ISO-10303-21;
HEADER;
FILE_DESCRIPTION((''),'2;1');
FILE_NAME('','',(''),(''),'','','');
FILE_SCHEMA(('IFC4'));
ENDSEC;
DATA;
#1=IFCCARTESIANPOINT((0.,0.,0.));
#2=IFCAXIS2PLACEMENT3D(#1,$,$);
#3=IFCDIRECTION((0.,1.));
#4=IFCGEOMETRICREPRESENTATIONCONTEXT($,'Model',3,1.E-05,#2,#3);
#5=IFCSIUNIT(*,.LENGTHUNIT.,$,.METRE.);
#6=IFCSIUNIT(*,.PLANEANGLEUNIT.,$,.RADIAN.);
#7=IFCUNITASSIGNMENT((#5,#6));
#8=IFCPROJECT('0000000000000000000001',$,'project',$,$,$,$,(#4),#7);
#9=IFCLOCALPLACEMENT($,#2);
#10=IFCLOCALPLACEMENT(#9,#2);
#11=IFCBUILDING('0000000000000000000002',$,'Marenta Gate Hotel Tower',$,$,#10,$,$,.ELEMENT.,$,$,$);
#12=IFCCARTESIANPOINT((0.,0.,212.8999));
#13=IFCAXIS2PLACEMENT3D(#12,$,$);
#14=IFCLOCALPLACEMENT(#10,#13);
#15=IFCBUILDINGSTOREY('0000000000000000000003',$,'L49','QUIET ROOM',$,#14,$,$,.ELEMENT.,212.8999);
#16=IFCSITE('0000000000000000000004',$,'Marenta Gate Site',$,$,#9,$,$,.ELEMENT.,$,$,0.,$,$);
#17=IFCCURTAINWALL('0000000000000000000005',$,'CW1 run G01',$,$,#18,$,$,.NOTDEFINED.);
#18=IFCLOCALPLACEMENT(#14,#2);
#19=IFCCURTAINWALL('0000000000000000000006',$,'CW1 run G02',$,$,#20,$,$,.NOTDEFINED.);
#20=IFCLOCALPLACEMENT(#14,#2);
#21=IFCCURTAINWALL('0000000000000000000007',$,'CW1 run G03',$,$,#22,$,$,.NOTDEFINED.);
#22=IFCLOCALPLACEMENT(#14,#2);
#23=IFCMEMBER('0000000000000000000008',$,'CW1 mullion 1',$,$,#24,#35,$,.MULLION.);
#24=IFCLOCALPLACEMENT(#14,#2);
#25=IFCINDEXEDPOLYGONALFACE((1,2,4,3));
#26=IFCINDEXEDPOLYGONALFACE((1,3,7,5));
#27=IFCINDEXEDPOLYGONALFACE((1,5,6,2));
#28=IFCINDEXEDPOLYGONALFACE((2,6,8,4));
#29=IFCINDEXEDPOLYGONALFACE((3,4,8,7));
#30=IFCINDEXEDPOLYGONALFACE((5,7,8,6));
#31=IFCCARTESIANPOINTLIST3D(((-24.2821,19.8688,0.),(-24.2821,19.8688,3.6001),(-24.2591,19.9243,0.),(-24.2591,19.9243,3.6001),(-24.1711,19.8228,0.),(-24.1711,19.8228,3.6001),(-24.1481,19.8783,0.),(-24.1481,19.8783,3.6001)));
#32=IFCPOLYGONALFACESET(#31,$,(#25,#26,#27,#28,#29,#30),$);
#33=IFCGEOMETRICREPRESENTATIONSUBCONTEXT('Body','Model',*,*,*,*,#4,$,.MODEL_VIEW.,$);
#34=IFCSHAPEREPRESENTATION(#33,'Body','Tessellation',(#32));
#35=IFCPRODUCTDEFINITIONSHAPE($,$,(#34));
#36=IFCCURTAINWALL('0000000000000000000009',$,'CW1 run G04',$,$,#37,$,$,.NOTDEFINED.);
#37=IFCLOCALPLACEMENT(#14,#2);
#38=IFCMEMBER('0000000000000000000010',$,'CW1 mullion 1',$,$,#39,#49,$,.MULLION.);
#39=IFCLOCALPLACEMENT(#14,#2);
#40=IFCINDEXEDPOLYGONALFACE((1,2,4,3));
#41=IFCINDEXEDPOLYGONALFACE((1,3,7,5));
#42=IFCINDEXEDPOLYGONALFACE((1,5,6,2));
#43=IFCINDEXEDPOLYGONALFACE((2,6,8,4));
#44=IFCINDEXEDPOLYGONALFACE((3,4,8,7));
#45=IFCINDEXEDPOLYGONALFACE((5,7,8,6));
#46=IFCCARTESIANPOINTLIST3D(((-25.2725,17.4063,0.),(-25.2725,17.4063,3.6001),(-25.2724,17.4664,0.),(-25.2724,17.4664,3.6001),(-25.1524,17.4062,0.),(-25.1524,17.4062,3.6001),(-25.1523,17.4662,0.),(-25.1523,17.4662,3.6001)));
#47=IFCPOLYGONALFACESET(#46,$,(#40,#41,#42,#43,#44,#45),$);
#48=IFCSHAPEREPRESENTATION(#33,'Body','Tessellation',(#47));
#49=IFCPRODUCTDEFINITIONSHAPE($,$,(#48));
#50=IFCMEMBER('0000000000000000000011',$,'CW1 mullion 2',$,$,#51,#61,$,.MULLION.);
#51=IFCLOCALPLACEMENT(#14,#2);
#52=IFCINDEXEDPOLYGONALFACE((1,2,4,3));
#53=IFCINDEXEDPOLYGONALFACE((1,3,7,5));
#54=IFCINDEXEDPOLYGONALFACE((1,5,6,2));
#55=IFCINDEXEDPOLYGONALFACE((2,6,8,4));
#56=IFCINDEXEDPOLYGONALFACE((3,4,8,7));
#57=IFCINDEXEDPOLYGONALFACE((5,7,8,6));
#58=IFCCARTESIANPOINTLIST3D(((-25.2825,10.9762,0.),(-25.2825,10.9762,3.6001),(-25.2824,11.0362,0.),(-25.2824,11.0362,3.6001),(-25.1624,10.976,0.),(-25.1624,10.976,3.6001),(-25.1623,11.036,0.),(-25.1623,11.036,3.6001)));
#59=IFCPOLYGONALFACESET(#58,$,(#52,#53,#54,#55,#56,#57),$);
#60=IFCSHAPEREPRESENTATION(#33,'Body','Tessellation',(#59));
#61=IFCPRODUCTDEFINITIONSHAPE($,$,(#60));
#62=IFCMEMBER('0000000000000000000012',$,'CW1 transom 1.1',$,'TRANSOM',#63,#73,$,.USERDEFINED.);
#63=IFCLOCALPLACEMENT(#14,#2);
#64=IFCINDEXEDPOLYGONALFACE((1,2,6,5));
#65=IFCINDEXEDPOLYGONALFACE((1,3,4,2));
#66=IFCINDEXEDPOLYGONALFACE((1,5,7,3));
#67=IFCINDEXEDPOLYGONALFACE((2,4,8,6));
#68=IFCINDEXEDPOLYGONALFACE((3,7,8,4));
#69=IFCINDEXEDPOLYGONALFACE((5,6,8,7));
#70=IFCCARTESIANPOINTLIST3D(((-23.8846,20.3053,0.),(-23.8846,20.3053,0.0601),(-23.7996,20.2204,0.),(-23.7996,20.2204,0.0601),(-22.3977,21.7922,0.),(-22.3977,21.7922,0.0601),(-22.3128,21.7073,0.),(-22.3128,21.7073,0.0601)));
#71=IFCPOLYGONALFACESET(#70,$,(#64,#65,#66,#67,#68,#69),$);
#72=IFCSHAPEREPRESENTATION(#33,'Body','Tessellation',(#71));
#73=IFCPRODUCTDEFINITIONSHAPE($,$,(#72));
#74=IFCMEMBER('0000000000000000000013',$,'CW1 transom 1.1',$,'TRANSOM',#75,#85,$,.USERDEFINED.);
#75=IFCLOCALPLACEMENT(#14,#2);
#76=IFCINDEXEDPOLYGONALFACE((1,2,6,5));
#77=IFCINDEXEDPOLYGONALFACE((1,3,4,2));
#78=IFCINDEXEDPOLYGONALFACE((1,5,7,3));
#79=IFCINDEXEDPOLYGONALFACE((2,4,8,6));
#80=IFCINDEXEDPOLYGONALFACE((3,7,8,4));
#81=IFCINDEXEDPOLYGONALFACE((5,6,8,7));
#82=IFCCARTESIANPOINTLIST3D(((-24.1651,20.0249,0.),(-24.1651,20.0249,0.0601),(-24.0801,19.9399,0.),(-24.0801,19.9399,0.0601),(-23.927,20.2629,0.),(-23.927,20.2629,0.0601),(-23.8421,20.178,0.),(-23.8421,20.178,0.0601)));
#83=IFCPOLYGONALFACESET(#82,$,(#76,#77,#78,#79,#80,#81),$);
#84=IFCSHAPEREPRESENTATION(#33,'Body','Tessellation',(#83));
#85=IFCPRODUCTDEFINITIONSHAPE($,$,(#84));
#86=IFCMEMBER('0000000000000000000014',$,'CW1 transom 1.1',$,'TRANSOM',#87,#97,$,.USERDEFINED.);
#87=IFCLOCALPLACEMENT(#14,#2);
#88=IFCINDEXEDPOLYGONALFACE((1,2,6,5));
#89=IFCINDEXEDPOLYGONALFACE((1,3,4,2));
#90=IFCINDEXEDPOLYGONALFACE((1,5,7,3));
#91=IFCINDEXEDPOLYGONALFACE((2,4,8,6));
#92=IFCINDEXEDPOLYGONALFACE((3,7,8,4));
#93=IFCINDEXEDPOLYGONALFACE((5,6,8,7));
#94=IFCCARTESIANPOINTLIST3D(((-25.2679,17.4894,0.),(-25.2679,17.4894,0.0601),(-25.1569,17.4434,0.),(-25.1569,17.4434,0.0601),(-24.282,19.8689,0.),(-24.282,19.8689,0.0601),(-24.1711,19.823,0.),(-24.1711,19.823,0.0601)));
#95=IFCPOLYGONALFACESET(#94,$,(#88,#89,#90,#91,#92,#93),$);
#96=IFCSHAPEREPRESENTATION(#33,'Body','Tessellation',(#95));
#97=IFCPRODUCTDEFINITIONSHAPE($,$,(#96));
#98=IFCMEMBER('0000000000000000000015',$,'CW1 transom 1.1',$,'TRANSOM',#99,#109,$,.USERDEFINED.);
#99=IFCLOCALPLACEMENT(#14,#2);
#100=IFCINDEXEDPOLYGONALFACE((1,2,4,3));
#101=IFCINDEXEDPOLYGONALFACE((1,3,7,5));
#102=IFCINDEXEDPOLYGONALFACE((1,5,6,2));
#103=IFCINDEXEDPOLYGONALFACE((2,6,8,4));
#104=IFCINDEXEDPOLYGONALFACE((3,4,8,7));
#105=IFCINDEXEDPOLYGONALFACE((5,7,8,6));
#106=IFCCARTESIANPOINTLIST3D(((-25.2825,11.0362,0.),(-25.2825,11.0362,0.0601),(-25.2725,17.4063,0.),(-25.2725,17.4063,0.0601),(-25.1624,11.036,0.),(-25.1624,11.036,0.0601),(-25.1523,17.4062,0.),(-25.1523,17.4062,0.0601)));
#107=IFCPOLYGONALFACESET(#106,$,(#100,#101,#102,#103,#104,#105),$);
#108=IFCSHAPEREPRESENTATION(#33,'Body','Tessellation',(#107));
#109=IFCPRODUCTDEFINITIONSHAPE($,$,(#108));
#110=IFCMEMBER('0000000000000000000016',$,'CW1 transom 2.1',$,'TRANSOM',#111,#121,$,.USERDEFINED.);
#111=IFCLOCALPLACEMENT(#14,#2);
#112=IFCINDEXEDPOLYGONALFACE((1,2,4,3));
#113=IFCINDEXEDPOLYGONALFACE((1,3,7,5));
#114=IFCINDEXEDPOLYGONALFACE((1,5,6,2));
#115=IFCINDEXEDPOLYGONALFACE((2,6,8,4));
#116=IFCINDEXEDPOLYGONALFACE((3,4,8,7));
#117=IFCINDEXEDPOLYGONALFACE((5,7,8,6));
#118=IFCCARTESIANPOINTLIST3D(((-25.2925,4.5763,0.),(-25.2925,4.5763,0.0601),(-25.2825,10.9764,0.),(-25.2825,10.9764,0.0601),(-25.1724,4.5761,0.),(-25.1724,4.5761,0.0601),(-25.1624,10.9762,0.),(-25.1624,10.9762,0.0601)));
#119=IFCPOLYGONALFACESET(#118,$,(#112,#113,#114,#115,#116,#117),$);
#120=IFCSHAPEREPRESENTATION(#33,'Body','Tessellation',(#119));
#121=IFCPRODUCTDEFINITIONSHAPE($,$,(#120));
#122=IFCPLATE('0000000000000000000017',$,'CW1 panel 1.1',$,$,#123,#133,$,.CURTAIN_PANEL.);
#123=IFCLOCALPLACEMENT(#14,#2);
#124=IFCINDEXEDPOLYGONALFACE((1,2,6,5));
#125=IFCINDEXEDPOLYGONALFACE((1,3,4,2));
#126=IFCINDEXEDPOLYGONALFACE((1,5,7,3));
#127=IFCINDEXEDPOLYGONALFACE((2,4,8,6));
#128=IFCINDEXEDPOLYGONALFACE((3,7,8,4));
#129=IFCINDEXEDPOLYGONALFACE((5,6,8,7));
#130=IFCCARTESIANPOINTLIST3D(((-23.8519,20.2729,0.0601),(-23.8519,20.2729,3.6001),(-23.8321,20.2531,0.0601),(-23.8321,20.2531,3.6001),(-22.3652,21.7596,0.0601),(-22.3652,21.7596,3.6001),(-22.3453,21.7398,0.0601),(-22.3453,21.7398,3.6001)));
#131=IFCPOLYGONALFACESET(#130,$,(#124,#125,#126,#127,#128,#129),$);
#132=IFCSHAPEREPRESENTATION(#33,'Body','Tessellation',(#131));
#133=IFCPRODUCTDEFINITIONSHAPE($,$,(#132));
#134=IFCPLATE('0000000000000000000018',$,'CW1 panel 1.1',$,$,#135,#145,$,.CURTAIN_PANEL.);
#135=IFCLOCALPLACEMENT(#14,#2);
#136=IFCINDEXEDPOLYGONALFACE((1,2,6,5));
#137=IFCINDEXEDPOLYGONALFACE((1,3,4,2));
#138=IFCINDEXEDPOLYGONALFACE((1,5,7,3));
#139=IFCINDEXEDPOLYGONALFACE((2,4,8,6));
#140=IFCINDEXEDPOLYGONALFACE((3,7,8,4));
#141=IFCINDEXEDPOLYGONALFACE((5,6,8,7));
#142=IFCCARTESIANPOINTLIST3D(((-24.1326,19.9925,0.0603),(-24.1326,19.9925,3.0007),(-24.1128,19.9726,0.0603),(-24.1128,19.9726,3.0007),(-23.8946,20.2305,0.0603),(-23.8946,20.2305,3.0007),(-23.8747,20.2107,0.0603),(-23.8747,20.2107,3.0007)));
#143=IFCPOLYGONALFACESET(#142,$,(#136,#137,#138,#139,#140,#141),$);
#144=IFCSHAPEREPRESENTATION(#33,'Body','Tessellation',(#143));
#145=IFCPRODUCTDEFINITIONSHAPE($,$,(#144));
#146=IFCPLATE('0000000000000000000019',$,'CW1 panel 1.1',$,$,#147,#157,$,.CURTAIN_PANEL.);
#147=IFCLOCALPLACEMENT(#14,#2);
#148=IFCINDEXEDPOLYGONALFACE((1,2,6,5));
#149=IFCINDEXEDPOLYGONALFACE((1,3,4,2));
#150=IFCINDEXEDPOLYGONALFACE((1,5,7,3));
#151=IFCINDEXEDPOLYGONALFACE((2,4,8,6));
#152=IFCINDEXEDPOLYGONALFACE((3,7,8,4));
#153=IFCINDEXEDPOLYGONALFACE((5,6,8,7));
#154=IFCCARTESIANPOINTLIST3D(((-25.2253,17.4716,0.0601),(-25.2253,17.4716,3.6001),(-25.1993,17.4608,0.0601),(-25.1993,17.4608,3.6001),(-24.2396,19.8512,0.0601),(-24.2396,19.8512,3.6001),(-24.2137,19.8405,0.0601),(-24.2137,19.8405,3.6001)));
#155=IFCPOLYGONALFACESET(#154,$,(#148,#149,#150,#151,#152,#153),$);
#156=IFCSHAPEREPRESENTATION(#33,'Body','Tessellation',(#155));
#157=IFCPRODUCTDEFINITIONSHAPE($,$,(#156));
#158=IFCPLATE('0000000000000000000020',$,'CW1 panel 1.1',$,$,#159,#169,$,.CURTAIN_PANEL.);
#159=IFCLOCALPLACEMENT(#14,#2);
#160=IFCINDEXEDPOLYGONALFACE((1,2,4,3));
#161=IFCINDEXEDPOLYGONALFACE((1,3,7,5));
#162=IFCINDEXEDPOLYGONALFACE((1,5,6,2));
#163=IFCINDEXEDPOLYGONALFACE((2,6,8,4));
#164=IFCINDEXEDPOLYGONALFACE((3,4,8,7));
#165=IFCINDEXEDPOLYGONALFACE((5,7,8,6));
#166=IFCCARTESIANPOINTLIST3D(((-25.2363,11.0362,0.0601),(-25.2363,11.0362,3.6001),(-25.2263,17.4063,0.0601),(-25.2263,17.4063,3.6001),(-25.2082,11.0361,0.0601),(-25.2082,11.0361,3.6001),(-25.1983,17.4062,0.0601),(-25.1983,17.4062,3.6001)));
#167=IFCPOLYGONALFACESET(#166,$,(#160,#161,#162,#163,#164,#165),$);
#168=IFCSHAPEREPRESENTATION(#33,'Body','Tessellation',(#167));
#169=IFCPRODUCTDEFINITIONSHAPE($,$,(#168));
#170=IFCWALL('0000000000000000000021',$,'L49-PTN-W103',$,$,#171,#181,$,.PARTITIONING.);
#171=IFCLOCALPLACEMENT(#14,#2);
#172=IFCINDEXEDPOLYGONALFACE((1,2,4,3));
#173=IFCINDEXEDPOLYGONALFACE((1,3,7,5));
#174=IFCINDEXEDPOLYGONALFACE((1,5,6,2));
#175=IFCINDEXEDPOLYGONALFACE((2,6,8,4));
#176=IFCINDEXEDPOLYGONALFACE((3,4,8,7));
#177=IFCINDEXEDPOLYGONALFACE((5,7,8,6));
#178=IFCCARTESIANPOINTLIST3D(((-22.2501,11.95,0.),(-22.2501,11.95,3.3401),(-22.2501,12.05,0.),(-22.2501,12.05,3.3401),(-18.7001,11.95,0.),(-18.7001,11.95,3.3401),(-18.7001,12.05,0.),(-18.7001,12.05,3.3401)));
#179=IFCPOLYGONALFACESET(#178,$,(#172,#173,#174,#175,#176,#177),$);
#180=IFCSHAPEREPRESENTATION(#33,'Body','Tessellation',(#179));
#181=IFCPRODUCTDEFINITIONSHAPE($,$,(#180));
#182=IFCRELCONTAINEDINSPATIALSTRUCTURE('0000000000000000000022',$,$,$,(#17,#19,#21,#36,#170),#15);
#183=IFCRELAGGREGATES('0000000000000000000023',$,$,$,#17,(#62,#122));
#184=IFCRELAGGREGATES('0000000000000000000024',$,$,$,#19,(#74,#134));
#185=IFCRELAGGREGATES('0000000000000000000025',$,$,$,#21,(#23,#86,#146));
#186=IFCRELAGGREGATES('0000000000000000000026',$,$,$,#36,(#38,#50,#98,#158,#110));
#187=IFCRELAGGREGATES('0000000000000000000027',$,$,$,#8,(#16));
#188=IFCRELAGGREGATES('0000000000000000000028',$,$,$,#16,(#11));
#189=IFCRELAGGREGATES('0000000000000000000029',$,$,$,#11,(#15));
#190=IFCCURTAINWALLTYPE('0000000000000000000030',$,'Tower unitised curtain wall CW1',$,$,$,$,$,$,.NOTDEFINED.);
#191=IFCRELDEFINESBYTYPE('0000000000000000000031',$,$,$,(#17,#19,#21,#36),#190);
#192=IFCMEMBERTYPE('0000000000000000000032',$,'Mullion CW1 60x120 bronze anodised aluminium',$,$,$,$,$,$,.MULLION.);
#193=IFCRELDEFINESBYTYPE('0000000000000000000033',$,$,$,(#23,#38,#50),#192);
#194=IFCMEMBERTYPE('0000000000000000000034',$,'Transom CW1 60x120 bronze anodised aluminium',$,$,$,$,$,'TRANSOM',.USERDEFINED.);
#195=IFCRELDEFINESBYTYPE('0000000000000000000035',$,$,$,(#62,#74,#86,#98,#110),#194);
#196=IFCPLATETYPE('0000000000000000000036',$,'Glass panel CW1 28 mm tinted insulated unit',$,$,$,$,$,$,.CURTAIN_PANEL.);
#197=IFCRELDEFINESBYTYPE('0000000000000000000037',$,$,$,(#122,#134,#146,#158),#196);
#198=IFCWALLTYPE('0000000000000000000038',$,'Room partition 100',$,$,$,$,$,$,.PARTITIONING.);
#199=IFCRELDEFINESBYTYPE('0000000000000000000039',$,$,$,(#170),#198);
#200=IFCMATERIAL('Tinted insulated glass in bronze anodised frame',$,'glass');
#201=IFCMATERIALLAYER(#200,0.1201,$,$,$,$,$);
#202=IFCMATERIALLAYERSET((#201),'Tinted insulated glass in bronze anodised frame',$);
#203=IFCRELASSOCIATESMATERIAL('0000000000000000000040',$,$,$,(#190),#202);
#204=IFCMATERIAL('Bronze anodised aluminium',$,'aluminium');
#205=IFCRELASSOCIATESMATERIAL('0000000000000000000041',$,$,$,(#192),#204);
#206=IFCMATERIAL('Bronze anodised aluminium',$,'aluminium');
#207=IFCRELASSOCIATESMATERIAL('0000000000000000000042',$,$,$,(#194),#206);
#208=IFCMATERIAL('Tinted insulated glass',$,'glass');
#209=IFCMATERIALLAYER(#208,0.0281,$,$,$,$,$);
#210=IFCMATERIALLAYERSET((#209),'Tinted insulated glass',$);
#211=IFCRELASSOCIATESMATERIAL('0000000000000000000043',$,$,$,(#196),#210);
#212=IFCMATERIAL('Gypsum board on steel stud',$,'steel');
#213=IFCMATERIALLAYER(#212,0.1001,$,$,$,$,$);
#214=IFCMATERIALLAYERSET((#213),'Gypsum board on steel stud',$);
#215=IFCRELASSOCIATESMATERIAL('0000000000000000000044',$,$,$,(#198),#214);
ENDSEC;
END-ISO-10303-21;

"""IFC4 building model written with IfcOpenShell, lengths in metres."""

from ifc_helpers import new_model, si_unit, direction, frame, frame_2d, origin, origin_2d, place, context, subcontext, project, spatial, rectangle, extrude, material, layer, layer_set, material_profile, profile_set, type_object, element, aggregate, save


model = new_model("IFC4")

# Units and contexts
model_context = context("Model", 3, precision=1e-05, world=origin(), true_north=direction((0.0, 1.0)))
body_context = subcontext(model_context, "Body", "Model", "MODEL_VIEW")
ifc_project = project(units=[si_unit("LENGTHUNIT", "METRE"), si_unit("PLANEANGLEUNIT", "RADIAN")], contexts=[model_context])

# Site, building, storey
site_placement = place(None, origin())
site = spatial("IfcSite", under=ifc_project, at=site_placement, Name="Marenta Gate Site", CompositionType="ELEMENT", RefElevation=0.0)
building_placement = place(site_placement, origin())
building = spatial("IfcBuilding", under=site, at=building_placement, Name="Marenta Gate Hotel Tower", CompositionType="ELEMENT")
storey_placement = place(building_placement, frame((0.0, 0.0, 212.8999)))
storey = spatial("IfcBuildingStorey", under=building, at=storey_placement, Name="L49", Description="QUIET ROOM", CompositionType="ELEMENT", Elevation=212.8999)

# Curtain wall
ifc_material_1 = material(Name="Tinted insulated glass in bronze anodised frame", Category="glass")
ifc_layer_1 = layer(ifc_material_1, 0.1201)
ifc_layer_set_1 = layer_set([ifc_layer_1], Name="Tinted insulated glass in bronze anodised frame")
curtain_wall_type = type_object("IfcCurtainWallType", Name="Tower unitised curtain wall CW1", PredefinedType="NOTDEFINED", material=ifc_layer_set_1)
curtain_wall_1_placement = place(storey_placement, origin())
curtain_wall_1 = element("IfcCurtainWall", 1, at=curtain_wall_1_placement, inside=storey, type_object=curtain_wall_type, Name="CW1 run G01", PredefinedType="NOTDEFINED")
ifc_material_2 = material(Name="Bronze anodised aluminium", Category="aluminium")
ifc_material_profile_1 = material_profile(ifc_material_2, rectangle(XDim=0.1201, YDim=0.0601, at=origin_2d()), Name="Mullion CW1 60x120 bronze anodised aluminium")
ifc_profile_set_1 = profile_set([ifc_material_profile_1], Name="Bronze anodised aluminium")
member_type_1 = type_object("IfcMemberType", Name="Mullion CW1 60x120 bronze anodised aluminium", PredefinedType="MULLION", material=ifc_profile_set_1)

# Curtain wall
curtain_wall_2_placement = place(storey_placement, origin())
curtain_wall_2 = element("IfcCurtainWall", 2, at=curtain_wall_2_placement, inside=storey, type_object=curtain_wall_type, Name="CW1 run G02", PredefinedType="NOTDEFINED")

# Curtain wall, member
curtain_wall_3_placement = place(storey_placement, origin())
curtain_wall_3 = element("IfcCurtainWall", 3, at=curtain_wall_3_placement, inside=storey, type_object=curtain_wall_type, Name="CW1 run G03", PredefinedType="NOTDEFINED")
member_1_placement = place(storey_placement, frame((-24.2151, 19.8735, 0.0), z_axis=(0.0, 0.0, 1.0), x_axis=(0.923886, -0.382667, 0.0)))
member_1 = element("IfcMember", 4, at=member_1_placement, type_object=member_type_1, Name="CW1 mullion 1", PredefinedType="MULLION", context=body_context, shape_type="SweptSolid", body=[
    extrude(rectangle(XDim=0.1201, YDim=0.0601, at=origin_2d()), origin(), (0.0, 0.0, 1.0), 3.6001),
])

# Curtain wall, members
curtain_wall_4_placement = place(storey_placement, origin())
curtain_wall_4 = element("IfcCurtainWall", 5, at=curtain_wall_4_placement, inside=storey, type_object=curtain_wall_type, Name="CW1 run G04", PredefinedType="NOTDEFINED")
member_2_placement = place(storey_placement, frame((-25.2124, 17.4363, 0.0), z_axis=(0.0, 0.0, 1.0), x_axis=(0.999999, -0.001566, 0.0)))
member_2 = element("IfcMember", 6, at=member_2_placement, type_object=member_type_1, Name="CW1 mullion 1", PredefinedType="MULLION", context=body_context, shape_type="SweptSolid", body=[
    extrude(rectangle(XDim=0.1201, YDim=0.0601, at=origin_2d()), origin(), (0.0, 0.0, 1.0), 3.6001),
])
member_3_placement = place(storey_placement, frame((-25.2224, 11.0061, 0.0), z_axis=(0.0, 0.0, 1.0), x_axis=(0.999999, -0.001566, 0.0)))
member_3 = element("IfcMember", 7, at=member_3_placement, type_object=member_type_1, Name="CW1 mullion 2", PredefinedType="MULLION", context=body_context, shape_type="SweptSolid", body=[
    extrude(rectangle(XDim=0.1201, YDim=0.0601, at=origin_2d()), origin(), (0.0, 0.0, 1.0), 3.6001),
])

# Members
ifc_material_3 = material(Name="Bronze anodised aluminium", Category="aluminium")
ifc_material_profile_2 = material_profile(ifc_material_3, rectangle(XDim=0.1201, YDim=0.0601, at=origin_2d()), Name="Transom CW1 60x120 bronze anodised aluminium")
ifc_profile_set_2 = profile_set([ifc_material_profile_2], Name="Bronze anodised aluminium")
member_type_2 = type_object("IfcMemberType", Name="Transom CW1 60x120 bronze anodised aluminium", ElementType="TRANSOM", PredefinedType="USERDEFINED", material=ifc_profile_set_2)
member_4_placement = place(storey_placement, frame((-22.3552, 21.7498, 0.03), z_axis=(-0.707107, -0.707107, 0.0), x_axis=(0.707107, -0.707107, 0.0)))
member_4 = element("IfcMember", 8, at=member_4_placement, type_object=member_type_2, Name="CW1 transom 1.1", ObjectType="TRANSOM", PredefinedType="USERDEFINED", context=body_context, shape_type="SweptSolid", body=[
    extrude(rectangle(XDim=0.1201, YDim=0.0601, at=origin_2d()), origin(), (0.0, 0.0, 1.0), 2.1028),
])
member_5_placement = place(storey_placement, frame((-23.8845, 20.2205, 0.03), z_axis=(-0.707107, -0.707107, 0.0), x_axis=(0.707107, -0.707107, 0.0)))
member_5 = element("IfcMember", 9, at=member_5_placement, type_object=member_type_2, Name="CW1 transom 1.1", ObjectType="TRANSOM", PredefinedType="USERDEFINED", context=body_context, shape_type="SweptSolid", body=[
    extrude(rectangle(XDim=0.1201, YDim=0.0601, at=origin_2d()), origin(), (0.0, 0.0, 1.0), 0.3367),
])
member_6_placement = place(storey_placement, frame((-24.2266, 19.8459, 0.03), z_axis=(-0.382737, -0.923857, 0.0), x_axis=(0.923857, -0.382737, 0.0)))
member_6 = element("IfcMember", 10, at=member_6_placement, type_object=member_type_2, Name="CW1 transom 1.1", ObjectType="TRANSOM", PredefinedType="USERDEFINED", context=body_context, shape_type="SweptSolid", body=[
    extrude(rectangle(XDim=0.1201, YDim=0.0601, at=origin_2d()), origin(), (0.0, 0.0, 1.0), 2.5757),
])
member_7_placement = place(storey_placement, frame((-25.2124, 17.4062, 0.03), z_axis=(-0.001571, -0.999999, 0.0), x_axis=(0.999999, -0.001571, 0.0)))
member_7 = element("IfcMember", 11, at=member_7_placement, type_object=member_type_2, Name="CW1 transom 1.1", ObjectType="TRANSOM", PredefinedType="USERDEFINED", context=body_context, shape_type="SweptSolid", body=[
    extrude(rectangle(XDim=0.1201, YDim=0.0601, at=origin_2d()), origin(), (0.0, 0.0, 1.0), 6.3701),
])
member_8_placement = place(storey_placement, frame((-25.2224, 10.9763, 0.03), z_axis=(-0.001564, -0.999999, 0.0), x_axis=(0.999999, -0.001564, 0.0)))
member_8 = element("IfcMember", 12, at=member_8_placement, type_object=member_type_2, Name="CW1 transom 2.1", ObjectType="TRANSOM", PredefinedType="USERDEFINED", context=body_context, shape_type="SweptSolid", body=[
    extrude(rectangle(XDim=0.1201, YDim=0.0601, at=origin_2d()), origin(), (0.0, 0.0, 1.0), 6.4001),
])

# Plates
ifc_material_4 = material(Name="Tinted insulated glass", Category="glass")
ifc_layer_2 = layer(ifc_material_4, 0.0281)
ifc_layer_set_2 = layer_set([ifc_layer_2], Name="Tinted insulated glass")
plate_type = type_object("IfcPlateType", Name="Glass panel CW1 28 mm tinted insulated unit", PredefinedType="CURTAIN_PANEL", material=ifc_layer_set_2)
plate_1_placement = place(storey_placement, frame((-23.0986, 21.0063, 0.0601), z_axis=(0.0, 0.0, 1.0), x_axis=(-0.707107, -0.707107, 0.0)))
plate_1 = element("IfcPlate", 13, at=plate_1_placement, type_object=plate_type, Name="CW1 panel 1.1", PredefinedType="CURTAIN_PANEL", context=body_context, shape_type="SweptSolid", body=[
    extrude(rectangle(XDim=2.1025, YDim=0.0281, at=origin_2d()), origin(), (0.0, 0.0, 1.0), 3.54),
])
aggregate(curtain_wall_1, [member_4, plate_1])
plate_2_placement = place(storey_placement, frame((-24.0037, 20.1016, 0.0603), z_axis=(0.0, 0.0, 1.0), x_axis=(-0.707107, -0.707107, 0.0)))
plate_2 = element("IfcPlate", 14, at=plate_2_placement, type_object=plate_type, Name="CW1 panel 1.1", PredefinedType="CURTAIN_PANEL", context=body_context, shape_type="SweptSolid", body=[
    extrude(rectangle(XDim=0.3367, YDim=0.0281, at=origin_2d()), origin(), (0.0, 0.0, 1.0), 2.9404),
])
aggregate(curtain_wall_2, [member_5, plate_2])
plate_3_placement = place(storey_placement, frame((-24.7195, 18.656, 0.0601), z_axis=(0.0, 0.0, 1.0), x_axis=(-0.382667, -0.923886, 0.0)))
plate_3 = element("IfcPlate", 15, at=plate_3_placement, type_object=plate_type, Name="CW1 panel 1.1", PredefinedType="CURTAIN_PANEL", context=body_context, shape_type="SweptSolid", body=[
    extrude(rectangle(XDim=2.5757, YDim=0.0281, at=origin_2d()), origin(), (0.0, 0.0, 1.0), 3.54),
])
aggregate(curtain_wall_3, [member_1, member_6, plate_3])
plate_4_placement = place(storey_placement, frame((-25.2173, 14.2212, 0.0601), z_axis=(0.0, 0.0, 1.0), x_axis=(-0.001566, -0.999999, 0.0)))
plate_4 = element("IfcPlate", 16, at=plate_4_placement, type_object=plate_type, Name="CW1 panel 1.1", PredefinedType="CURTAIN_PANEL", context=body_context, shape_type="SweptSolid", body=[
    extrude(rectangle(XDim=6.3701, YDim=0.0281, at=origin_2d()), origin(), (0.0, 0.0, 1.0), 3.54),
])
aggregate(curtain_wall_4, [member_2, member_3, member_7, plate_4, member_8])

# Wall
ifc_material_5 = material(Name="Gypsum board on steel stud", Category="steel")
ifc_layer_3 = layer(ifc_material_5, 0.1001)
ifc_layer_set_3 = layer_set([ifc_layer_3], Name="Gypsum board on steel stud")
wall_type_1 = type_object("IfcWallType", Name="Room partition 100", PredefinedType="PARTITIONING", material=ifc_layer_set_3)
wall_1_placement = place(storey_placement, frame((-22.25, 12.0, 0.0), z_axis=(0.0, 0.0, 1.0), x_axis=(1.0, 0.0, 0.0)))
element("IfcWall", 17, at=wall_1_placement, inside=storey, type_object=wall_type_1, Name="L49-PTN-W103", PredefinedType="PARTITIONING", context=body_context, shape_type="SweptSolid", body=[
    extrude(rectangle(XDim=3.55, YDim=0.1001, at=frame_2d((1.7749, 0.0))), origin(), (0.0, 0.0, 1.0), 3.3401),
])

save(model, "model.ifc")
